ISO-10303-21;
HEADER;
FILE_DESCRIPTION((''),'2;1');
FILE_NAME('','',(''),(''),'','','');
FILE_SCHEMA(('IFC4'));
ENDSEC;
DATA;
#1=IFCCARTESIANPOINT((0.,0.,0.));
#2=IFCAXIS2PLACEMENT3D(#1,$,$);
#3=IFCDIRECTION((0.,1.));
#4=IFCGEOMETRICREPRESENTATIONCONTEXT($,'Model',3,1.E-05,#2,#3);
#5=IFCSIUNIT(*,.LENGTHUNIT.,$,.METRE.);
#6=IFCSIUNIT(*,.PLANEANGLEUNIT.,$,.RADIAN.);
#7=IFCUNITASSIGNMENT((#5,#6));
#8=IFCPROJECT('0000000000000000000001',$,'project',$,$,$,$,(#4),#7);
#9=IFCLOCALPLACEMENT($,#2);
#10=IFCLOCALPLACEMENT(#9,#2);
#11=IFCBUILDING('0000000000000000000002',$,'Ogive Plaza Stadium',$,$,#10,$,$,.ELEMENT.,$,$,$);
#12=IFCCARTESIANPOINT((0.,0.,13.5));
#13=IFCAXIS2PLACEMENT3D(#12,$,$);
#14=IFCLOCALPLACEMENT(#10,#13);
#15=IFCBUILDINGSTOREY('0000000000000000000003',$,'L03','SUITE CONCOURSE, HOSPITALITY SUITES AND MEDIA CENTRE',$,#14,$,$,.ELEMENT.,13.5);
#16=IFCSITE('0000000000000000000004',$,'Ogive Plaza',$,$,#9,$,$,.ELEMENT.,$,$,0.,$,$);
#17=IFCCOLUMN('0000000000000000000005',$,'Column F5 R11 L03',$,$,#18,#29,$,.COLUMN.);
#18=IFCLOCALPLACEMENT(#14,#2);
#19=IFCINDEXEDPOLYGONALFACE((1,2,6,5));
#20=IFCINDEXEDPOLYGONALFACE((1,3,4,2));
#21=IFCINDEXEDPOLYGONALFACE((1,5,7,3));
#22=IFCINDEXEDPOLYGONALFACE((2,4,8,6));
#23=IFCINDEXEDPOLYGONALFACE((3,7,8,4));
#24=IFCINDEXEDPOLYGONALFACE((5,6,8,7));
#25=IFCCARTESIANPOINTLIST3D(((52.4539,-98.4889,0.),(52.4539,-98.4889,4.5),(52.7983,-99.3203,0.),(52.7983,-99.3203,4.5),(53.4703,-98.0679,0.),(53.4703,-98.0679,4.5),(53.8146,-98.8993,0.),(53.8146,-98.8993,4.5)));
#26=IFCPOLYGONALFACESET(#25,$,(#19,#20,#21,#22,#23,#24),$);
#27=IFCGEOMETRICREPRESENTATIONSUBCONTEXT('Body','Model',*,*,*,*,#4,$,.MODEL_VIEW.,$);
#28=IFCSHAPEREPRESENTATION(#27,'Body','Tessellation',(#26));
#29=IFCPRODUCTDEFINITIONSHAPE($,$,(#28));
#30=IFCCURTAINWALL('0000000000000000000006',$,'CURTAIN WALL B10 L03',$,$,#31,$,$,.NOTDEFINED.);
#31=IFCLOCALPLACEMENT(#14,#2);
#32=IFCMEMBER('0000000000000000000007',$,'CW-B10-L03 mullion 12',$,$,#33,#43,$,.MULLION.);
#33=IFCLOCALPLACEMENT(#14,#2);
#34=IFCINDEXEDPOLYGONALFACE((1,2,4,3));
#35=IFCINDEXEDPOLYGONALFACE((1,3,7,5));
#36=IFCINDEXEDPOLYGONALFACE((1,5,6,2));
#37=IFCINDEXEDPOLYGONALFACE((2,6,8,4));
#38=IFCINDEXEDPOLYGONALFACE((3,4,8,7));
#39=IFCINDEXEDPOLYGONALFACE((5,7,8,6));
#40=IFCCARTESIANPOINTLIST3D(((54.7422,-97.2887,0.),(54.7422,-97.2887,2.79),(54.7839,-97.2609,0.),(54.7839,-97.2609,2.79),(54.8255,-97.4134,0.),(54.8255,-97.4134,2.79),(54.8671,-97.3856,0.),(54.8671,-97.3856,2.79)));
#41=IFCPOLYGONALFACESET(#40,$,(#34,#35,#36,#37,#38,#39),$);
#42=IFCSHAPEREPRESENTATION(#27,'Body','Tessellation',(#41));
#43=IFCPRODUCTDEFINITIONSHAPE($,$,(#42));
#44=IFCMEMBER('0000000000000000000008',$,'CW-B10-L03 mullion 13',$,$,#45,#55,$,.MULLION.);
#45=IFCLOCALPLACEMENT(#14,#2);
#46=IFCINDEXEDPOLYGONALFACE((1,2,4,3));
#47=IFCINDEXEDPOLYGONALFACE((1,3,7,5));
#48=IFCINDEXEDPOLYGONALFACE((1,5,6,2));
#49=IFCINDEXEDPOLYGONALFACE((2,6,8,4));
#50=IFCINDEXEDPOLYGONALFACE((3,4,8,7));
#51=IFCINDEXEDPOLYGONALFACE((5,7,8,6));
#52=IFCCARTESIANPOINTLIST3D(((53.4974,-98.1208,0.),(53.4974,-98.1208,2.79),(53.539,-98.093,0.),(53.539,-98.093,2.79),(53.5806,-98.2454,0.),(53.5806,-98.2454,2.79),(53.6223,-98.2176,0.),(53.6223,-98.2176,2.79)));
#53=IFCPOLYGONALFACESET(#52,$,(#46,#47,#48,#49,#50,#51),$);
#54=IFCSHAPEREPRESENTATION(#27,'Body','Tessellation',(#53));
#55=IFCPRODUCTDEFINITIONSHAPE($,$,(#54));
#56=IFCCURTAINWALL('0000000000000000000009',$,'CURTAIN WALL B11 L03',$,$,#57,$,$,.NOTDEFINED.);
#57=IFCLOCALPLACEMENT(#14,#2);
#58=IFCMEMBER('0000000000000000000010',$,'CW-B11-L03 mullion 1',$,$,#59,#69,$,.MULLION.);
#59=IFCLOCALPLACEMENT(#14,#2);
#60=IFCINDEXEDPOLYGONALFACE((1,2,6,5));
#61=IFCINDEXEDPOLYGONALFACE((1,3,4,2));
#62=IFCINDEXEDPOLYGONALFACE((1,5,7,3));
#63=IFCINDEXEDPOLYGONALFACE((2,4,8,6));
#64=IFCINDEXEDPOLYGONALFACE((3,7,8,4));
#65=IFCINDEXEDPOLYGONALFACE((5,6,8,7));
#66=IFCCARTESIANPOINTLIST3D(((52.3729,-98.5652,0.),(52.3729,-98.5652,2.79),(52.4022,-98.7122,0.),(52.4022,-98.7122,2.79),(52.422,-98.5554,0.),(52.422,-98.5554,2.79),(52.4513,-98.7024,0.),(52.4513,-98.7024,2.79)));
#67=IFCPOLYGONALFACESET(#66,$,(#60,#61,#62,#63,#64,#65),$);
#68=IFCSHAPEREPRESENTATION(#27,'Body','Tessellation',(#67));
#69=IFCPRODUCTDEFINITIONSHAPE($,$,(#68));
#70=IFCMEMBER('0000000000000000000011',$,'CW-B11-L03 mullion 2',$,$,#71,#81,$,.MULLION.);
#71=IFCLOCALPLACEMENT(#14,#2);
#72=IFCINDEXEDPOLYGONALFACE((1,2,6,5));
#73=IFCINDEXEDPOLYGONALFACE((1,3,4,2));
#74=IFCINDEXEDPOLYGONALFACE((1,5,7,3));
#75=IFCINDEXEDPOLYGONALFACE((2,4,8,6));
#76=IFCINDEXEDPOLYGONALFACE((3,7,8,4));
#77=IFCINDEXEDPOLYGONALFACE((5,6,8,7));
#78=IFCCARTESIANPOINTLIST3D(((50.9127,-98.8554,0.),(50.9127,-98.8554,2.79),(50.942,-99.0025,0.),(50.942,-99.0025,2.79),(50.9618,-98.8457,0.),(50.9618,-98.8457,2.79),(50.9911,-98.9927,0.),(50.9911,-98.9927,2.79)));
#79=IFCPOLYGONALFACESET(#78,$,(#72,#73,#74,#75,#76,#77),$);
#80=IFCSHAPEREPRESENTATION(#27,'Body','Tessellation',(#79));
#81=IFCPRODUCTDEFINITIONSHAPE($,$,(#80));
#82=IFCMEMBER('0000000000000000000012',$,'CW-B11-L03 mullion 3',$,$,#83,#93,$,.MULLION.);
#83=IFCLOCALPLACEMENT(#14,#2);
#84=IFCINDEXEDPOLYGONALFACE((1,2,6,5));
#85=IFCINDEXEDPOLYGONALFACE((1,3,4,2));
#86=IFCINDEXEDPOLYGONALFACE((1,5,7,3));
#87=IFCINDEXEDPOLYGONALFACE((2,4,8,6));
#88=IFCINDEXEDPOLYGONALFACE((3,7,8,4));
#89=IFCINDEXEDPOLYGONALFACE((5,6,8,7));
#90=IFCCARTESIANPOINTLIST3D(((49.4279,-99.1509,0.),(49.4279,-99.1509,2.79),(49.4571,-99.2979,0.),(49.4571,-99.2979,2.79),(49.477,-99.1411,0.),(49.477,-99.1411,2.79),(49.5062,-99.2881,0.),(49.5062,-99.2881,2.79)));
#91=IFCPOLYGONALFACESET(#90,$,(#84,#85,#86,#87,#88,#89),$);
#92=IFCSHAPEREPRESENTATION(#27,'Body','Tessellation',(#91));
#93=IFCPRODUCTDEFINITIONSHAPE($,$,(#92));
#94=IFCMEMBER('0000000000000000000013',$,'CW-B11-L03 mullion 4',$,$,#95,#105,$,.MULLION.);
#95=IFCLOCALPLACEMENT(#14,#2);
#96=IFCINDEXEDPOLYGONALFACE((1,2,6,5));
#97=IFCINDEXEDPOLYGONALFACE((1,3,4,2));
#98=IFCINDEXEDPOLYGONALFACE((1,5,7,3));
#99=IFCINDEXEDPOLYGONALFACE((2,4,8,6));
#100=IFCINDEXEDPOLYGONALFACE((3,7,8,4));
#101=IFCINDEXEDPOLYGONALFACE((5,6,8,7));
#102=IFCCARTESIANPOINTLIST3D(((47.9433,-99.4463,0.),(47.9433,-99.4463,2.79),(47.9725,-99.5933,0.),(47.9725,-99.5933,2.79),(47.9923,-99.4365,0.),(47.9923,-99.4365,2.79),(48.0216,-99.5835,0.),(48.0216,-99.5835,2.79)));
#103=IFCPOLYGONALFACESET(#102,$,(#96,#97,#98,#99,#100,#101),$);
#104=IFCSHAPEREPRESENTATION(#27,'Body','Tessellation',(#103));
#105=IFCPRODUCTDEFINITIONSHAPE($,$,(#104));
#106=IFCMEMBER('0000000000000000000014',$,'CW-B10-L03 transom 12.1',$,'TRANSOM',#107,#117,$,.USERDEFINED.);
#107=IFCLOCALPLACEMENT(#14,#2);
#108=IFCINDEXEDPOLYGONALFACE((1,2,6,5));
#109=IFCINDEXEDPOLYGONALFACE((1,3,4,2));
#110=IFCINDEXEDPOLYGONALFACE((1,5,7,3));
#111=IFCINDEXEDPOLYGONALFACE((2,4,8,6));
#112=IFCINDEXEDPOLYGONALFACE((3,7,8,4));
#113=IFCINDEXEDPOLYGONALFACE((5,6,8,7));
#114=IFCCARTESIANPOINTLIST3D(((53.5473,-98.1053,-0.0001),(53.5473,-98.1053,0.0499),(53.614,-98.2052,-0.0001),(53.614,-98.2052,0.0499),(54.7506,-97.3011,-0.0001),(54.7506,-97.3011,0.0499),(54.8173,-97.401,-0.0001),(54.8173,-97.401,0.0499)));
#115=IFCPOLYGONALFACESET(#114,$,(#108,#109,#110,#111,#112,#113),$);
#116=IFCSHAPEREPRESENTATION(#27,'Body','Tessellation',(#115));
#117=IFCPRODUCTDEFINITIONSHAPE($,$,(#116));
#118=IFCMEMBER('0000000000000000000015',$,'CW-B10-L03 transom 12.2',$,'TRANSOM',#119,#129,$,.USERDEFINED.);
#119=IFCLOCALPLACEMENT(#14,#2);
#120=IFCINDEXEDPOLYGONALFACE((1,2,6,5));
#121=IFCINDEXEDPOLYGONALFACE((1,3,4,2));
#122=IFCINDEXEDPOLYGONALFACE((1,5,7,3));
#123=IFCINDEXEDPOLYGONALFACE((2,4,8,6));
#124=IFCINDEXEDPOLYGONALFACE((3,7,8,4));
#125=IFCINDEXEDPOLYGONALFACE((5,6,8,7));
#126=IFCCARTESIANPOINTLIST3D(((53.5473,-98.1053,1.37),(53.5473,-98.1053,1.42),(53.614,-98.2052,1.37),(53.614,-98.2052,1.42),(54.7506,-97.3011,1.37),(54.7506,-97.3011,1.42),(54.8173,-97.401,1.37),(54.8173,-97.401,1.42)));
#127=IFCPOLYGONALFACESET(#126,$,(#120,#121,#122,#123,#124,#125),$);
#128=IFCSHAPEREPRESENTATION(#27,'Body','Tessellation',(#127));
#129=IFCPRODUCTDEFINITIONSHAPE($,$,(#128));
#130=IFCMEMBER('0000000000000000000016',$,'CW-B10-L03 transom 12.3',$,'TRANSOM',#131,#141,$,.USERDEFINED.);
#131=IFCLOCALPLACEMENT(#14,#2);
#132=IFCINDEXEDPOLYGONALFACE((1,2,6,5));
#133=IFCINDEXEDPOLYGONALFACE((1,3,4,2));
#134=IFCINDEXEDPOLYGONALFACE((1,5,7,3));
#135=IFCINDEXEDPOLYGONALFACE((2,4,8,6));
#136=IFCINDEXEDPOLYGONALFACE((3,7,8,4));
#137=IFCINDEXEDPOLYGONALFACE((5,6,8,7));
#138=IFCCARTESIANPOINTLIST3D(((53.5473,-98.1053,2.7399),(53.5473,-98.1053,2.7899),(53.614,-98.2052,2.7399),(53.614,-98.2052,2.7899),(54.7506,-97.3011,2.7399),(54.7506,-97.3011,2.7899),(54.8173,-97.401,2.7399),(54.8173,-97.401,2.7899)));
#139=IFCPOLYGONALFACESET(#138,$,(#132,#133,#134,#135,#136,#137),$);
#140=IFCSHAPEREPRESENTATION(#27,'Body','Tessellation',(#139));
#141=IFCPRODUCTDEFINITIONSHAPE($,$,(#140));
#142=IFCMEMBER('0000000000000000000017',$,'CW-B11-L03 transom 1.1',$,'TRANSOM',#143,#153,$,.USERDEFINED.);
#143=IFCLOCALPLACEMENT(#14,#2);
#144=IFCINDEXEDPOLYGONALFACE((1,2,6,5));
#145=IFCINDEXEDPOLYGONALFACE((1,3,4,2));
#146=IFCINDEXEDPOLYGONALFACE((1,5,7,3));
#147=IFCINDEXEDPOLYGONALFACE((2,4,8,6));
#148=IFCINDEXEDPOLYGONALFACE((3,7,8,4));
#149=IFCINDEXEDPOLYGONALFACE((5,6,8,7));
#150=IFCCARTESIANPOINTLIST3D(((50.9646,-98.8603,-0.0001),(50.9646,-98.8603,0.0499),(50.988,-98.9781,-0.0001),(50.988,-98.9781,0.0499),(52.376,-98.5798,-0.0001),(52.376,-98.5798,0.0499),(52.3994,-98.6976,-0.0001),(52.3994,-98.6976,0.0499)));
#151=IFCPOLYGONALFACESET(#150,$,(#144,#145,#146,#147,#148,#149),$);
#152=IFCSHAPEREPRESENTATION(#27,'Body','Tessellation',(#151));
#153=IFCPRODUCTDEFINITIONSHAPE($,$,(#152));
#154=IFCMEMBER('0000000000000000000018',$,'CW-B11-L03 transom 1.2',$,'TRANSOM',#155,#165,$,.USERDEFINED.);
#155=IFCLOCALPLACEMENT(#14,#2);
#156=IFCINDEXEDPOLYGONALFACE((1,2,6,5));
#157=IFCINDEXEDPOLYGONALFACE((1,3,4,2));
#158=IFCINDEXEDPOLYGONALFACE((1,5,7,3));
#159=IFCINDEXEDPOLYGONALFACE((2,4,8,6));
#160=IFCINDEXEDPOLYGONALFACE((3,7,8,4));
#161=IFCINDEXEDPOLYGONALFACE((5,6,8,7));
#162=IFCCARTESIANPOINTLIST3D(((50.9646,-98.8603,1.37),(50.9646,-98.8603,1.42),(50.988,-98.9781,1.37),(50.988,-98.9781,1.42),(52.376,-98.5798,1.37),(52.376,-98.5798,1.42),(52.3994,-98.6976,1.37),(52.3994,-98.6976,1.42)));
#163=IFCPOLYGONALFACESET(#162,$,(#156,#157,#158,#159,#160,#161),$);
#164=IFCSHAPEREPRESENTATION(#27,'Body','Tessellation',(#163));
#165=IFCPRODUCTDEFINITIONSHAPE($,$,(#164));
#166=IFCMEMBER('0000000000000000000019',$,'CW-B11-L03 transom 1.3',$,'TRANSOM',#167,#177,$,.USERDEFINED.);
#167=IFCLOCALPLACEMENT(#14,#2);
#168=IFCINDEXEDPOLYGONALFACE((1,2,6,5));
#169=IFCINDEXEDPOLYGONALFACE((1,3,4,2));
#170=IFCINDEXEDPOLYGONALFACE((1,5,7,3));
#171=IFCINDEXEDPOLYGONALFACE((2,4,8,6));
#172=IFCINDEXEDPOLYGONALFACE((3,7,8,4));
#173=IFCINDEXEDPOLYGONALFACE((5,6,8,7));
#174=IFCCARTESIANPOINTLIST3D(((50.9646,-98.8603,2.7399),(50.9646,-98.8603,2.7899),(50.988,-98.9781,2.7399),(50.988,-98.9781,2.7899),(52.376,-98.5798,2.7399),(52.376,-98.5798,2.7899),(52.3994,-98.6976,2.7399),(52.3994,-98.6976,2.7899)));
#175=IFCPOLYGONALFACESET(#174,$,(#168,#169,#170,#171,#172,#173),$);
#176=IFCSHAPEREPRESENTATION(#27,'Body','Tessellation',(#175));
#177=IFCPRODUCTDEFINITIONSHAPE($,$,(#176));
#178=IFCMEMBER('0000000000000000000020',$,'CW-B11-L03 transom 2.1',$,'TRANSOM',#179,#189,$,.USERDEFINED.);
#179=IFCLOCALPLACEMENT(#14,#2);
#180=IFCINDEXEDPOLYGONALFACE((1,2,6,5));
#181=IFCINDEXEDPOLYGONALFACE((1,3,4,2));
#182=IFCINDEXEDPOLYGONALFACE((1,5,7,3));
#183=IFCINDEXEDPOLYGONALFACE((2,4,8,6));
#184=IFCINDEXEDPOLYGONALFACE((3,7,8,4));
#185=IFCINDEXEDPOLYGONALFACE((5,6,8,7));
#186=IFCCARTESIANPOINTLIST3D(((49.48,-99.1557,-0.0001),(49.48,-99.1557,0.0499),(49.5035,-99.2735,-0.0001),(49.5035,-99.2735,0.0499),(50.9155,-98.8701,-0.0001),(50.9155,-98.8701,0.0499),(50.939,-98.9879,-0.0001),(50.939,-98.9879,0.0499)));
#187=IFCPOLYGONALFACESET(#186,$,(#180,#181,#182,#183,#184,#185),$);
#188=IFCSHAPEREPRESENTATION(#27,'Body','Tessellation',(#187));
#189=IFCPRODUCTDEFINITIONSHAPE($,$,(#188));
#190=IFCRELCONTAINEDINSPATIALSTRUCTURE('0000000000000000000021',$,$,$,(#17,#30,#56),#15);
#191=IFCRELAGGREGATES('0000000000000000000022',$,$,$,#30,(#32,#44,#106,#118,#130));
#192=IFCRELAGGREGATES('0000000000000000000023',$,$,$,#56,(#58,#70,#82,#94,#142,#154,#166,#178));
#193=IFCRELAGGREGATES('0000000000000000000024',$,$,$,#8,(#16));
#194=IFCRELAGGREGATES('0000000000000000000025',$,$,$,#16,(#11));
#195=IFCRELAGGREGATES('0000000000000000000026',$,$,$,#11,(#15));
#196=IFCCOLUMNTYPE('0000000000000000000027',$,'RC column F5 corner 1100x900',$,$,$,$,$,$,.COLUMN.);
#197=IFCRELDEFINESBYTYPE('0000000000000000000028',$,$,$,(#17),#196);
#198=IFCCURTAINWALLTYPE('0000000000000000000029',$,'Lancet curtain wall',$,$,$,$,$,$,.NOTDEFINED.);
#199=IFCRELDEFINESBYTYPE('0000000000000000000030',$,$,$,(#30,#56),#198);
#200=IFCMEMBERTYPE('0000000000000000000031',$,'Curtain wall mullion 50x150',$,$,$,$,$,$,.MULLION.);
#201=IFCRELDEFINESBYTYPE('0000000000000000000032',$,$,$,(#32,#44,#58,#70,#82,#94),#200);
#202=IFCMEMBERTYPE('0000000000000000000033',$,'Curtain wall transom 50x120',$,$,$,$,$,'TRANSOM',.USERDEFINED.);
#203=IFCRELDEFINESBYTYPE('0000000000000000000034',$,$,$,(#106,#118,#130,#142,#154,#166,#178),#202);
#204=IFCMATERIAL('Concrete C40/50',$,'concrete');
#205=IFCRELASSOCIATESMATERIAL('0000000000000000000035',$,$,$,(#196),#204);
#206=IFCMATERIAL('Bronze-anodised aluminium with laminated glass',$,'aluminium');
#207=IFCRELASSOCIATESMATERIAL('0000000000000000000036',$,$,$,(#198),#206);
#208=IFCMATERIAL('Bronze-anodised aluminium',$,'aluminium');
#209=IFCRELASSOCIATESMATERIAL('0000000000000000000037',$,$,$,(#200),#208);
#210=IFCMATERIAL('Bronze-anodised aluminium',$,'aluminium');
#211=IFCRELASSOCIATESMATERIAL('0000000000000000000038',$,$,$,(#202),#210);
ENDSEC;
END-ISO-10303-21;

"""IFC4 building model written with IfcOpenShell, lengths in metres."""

from ifc_helpers import new_model, si_unit, direction, frame, origin, origin_2d, place, context, subcontext, project, spatial, rectangle, extrude, material, material_profile, profile_set, type_object, element, aggregate, save


model = new_model("IFC4")

# Units and contexts
model_context = context("Model", 3, precision=1e-05, world=origin(), true_north=direction((0.0, 1.0)))
body_context = subcontext(model_context, "Body", "Model", "MODEL_VIEW")
ifc_project = project(units=[si_unit("LENGTHUNIT", "METRE"), si_unit("PLANEANGLEUNIT", "RADIAN")], contexts=[model_context])

# Site, building, storey
site_placement = place(None, origin())
site = spatial("IfcSite", under=ifc_project, at=site_placement, Name="Ogive Plaza", CompositionType="ELEMENT", RefElevation=0.0)
building_placement = place(site_placement, origin())
building = spatial("IfcBuilding", under=site, at=building_placement, Name="Ogive Plaza Stadium", CompositionType="ELEMENT")
storey_placement = place(building_placement, frame((0.0, 0.0, 13.5)))
storey = spatial("IfcBuildingStorey", under=building, at=storey_placement, Name="L03", Description="SUITE CONCOURSE, HOSPITALITY SUITES AND MEDIA CENTRE", CompositionType="ELEMENT", Elevation=13.5)

# Column
ifc_material_1 = material(Name="Concrete C40/50", Category="concrete")
ifc_material_profile_1 = material_profile(ifc_material_1, rectangle(XDim=1.1001, YDim=0.8999, at=origin_2d()), Name="RC 1100x900")
ifc_profile_set_1 = profile_set([ifc_material_profile_1], Name="Concrete C40/50")
column_type = type_object("IfcColumnType", Name="RC column F5 corner 1100x900", PredefinedType="COLUMN", material=ifc_profile_set_1)
column_placement = place(storey_placement, frame((53.1343, -98.6941, 0.0), z_axis=(0.0, 0.0, 1.0), x_axis=(0.92388, 0.382683, 0.0)))
element("IfcColumn", 1, at=column_placement, inside=storey, type_object=column_type, Name="Column F5 R11 L03", PredefinedType="COLUMN", context=body_context, shape_type="SweptSolid", body=[
    extrude(rectangle(XDim=1.1001, YDim=0.8999, at=origin_2d()), origin(), (0.0, 0.0, 1.0), 4.5),
])

# Curtain walls, members
ifc_material_2 = material(Name="Bronze-anodised aluminium with laminated glass", Category="aluminium")
curtain_wall_type = type_object("IfcCurtainWallType", Name="Lancet curtain wall", PredefinedType="NOTDEFINED", material=ifc_material_2)
curtain_wall_1_placement = place(storey_placement, origin())
curtain_wall_1 = element("IfcCurtainWall", 2, at=curtain_wall_1_placement, inside=storey, type_object=curtain_wall_type, Name="CURTAIN WALL B10 L03", PredefinedType="NOTDEFINED")
ifc_material_3 = material(Name="Bronze-anodised aluminium", Category="aluminium")
ifc_material_profile_2 = material_profile(ifc_material_3, rectangle(XDim=0.1499, YDim=0.05, at=origin_2d()), Name="AL 150x50")
ifc_profile_set_2 = profile_set([ifc_material_profile_2], Name="Bronze-anodised aluminium")
member_type_1 = type_object("IfcMemberType", Name="Curtain wall mullion 50x150", PredefinedType="MULLION", material=ifc_profile_set_2)
member_1_placement = place(storey_placement, frame((54.8047, -97.3372, 0.0), z_axis=(0.0, 0.0, 1.0), x_axis=(0.55557, -0.83147, 0.0)))
member_1 = element("IfcMember", 3, at=member_1_placement, type_object=member_type_1, Name="CW-B10-L03 mullion 12", PredefinedType="MULLION", context=body_context, shape_type="SweptSolid", body=[
    extrude(rectangle(XDim=0.1499, YDim=0.05, at=origin_2d()), origin(), (0.0, 0.0, 1.0), 2.79),
])
member_2_placement = place(storey_placement, frame((53.5598, -98.1692, 0.0), z_axis=(0.0, 0.0, 1.0), x_axis=(0.55557, -0.83147, 0.0)))
member_2 = element("IfcMember", 4, at=member_2_placement, type_object=member_type_1, Name="CW-B10-L03 mullion 13", PredefinedType="MULLION", context=body_context, shape_type="SweptSolid", body=[
    extrude(rectangle(XDim=0.1499, YDim=0.05, at=origin_2d()), origin(), (0.0, 0.0, 1.0), 2.79),
])
curtain_wall_2_placement = place(storey_placement, origin())
curtain_wall_2 = element("IfcCurtainWall", 5, at=curtain_wall_2_placement, inside=storey, type_object=curtain_wall_type, Name="CURTAIN WALL B11 L03", PredefinedType="NOTDEFINED")
member_3_placement = place(storey_placement, frame((52.4121, -98.6338, 0.0), z_axis=(0.0, 0.0, 1.0), x_axis=(0.19509, -0.980785, 0.0)))
member_3 = element("IfcMember", 6, at=member_3_placement, type_object=member_type_1, Name="CW-B11-L03 mullion 1", PredefinedType="MULLION", context=body_context, shape_type="SweptSolid", body=[
    extrude(rectangle(XDim=0.1499, YDim=0.05, at=origin_2d()), origin(), (0.0, 0.0, 1.0), 2.79),
])
member_4_placement = place(storey_placement, frame((50.9519, -98.9241, 0.0), z_axis=(0.0, 0.0, 1.0), x_axis=(0.19509, -0.980785, 0.0)))
member_4 = element("IfcMember", 7, at=member_4_placement, type_object=member_type_1, Name="CW-B11-L03 mullion 2", PredefinedType="MULLION", context=body_context, shape_type="SweptSolid", body=[
    extrude(rectangle(XDim=0.1499, YDim=0.05, at=origin_2d()), origin(), (0.0, 0.0, 1.0), 2.79),
])
member_5_placement = place(storey_placement, frame((49.467, -99.2195, 0.0), z_axis=(0.0, 0.0, 1.0), x_axis=(0.19509, -0.980785, 0.0)))
member_5 = element("IfcMember", 8, at=member_5_placement, type_object=member_type_1, Name="CW-B11-L03 mullion 3", PredefinedType="MULLION", context=body_context, shape_type="SweptSolid", body=[
    extrude(rectangle(XDim=0.1499, YDim=0.05, at=origin_2d()), origin(), (0.0, 0.0, 1.0), 2.79),
])
member_6_placement = place(storey_placement, frame((47.9824, -99.5149, 0.0), z_axis=(0.0, 0.0, 1.0), x_axis=(0.19509, -0.980785, 0.0)))
member_6 = element("IfcMember", 9, at=member_6_placement, type_object=member_type_1, Name="CW-B11-L03 mullion 4", PredefinedType="MULLION", context=body_context, shape_type="SweptSolid", body=[
    extrude(rectangle(XDim=0.1499, YDim=0.05, at=origin_2d()), origin(), (0.0, 0.0, 1.0), 2.79),
])

# Members
ifc_material_4 = material(Name="Bronze-anodised aluminium", Category="aluminium")
ifc_material_profile_3 = material_profile(ifc_material_4, rectangle(XDim=0.1201, YDim=0.05, at=origin_2d()), Name="AL 120x50")
ifc_profile_set_3 = profile_set([ifc_material_profile_3], Name="Bronze-anodised aluminium")
member_type_2 = type_object("IfcMemberType", Name="Curtain wall transom 50x120", ElementType="TRANSOM", PredefinedType="USERDEFINED", material=ifc_profile_set_3)
member_7_placement = place(storey_placement, frame((54.7839, -97.3511, 0.0249), z_axis=(-0.831427, -0.555634, 0.0), x_axis=(0.555634, -0.831427, 0.0)))
member_7 = element("IfcMember", 10, at=member_7_placement, type_object=member_type_2, Name="CW-B10-L03 transom 12.1", ObjectType="TRANSOM", PredefinedType="USERDEFINED", context=body_context, shape_type="SweptSolid", body=[
    extrude(rectangle(XDim=0.1201, YDim=0.05, at=origin_2d()), origin(), (0.0, 0.0, 1.0), 1.4473),
])
member_8_placement = place(storey_placement, frame((54.7839, -97.3511, 1.395), z_axis=(-0.831427, -0.555634, 0.0), x_axis=(0.555634, -0.831427, 0.0)))
member_8 = element("IfcMember", 11, at=member_8_placement, type_object=member_type_2, Name="CW-B10-L03 transom 12.2", ObjectType="TRANSOM", PredefinedType="USERDEFINED", context=body_context, shape_type="SweptSolid", body=[
    extrude(rectangle(XDim=0.1201, YDim=0.05, at=origin_2d()), origin(), (0.0, 0.0, 1.0), 1.4473),
])
member_9_placement = place(storey_placement, frame((54.7839, -97.3511, 2.7649), z_axis=(-0.831427, -0.555634, 0.0), x_axis=(0.555634, -0.831427, 0.0)))
member_9 = element("IfcMember", 12, at=member_9_placement, type_object=member_type_2, Name="CW-B10-L03 transom 12.3", ObjectType="TRANSOM", PredefinedType="USERDEFINED", context=body_context, shape_type="SweptSolid", body=[
    extrude(rectangle(XDim=0.1201, YDim=0.05, at=origin_2d()), origin(), (0.0, 0.0, 1.0), 1.4473),
])
member_10_placement = place(storey_placement, frame((52.3877, -98.6387, 0.0249), z_axis=(-0.980815, -0.194941, 0.0), x_axis=(0.194941, -0.980815, 0.0)))
member_10 = element("IfcMember", 13, at=member_10_placement, type_object=member_type_2, Name="CW-B11-L03 transom 1.1", ObjectType="TRANSOM", PredefinedType="USERDEFINED", context=body_context, shape_type="SweptSolid", body=[
    extrude(rectangle(XDim=0.1201, YDim=0.05, at=origin_2d()), origin(), (0.0, 0.0, 1.0), 1.439),
])
member_11_placement = place(storey_placement, frame((52.3877, -98.6387, 1.395), z_axis=(-0.980815, -0.194941, 0.0), x_axis=(0.194941, -0.980815, 0.0)))
member_11 = element("IfcMember", 14, at=member_11_placement, type_object=member_type_2, Name="CW-B11-L03 transom 1.2", ObjectType="TRANSOM", PredefinedType="USERDEFINED", context=body_context, shape_type="SweptSolid", body=[
    extrude(rectangle(XDim=0.1201, YDim=0.05, at=origin_2d()), origin(), (0.0, 0.0, 1.0), 1.439),
])
member_12_placement = place(storey_placement, frame((52.3877, -98.6387, 2.7649), z_axis=(-0.980815, -0.194941, 0.0), x_axis=(0.194941, -0.980815, 0.0)))
member_12 = element("IfcMember", 15, at=member_12_placement, type_object=member_type_2, Name="CW-B11-L03 transom 1.3", ObjectType="TRANSOM", PredefinedType="USERDEFINED", context=body_context, shape_type="SweptSolid", body=[
    extrude(rectangle(XDim=0.1201, YDim=0.05, at=origin_2d()), origin(), (0.0, 0.0, 1.0), 1.439),
])
member_13_placement = place(storey_placement, frame((50.9272, -98.929, 0.0249), z_axis=(-0.980773, -0.195154, 0.0), x_axis=(0.195154, -0.980773, 0.0)))
member_13 = element("IfcMember", 16, at=member_13_placement, type_object=member_type_2, Name="CW-B11-L03 transom 2.1", ObjectType="TRANSOM", PredefinedType="USERDEFINED", context=body_context, shape_type="SweptSolid", body=[
    extrude(rectangle(XDim=0.1201, YDim=0.05, at=origin_2d()), origin(), (0.0, 0.0, 1.0), 1.4636),
])

aggregate(curtain_wall_1, [member_1, member_2, member_7, member_8, member_9])
aggregate(curtain_wall_2, [member_3, member_4, member_5, member_6, member_10, member_11, member_12, member_13])

save(model, "model.ifc")
